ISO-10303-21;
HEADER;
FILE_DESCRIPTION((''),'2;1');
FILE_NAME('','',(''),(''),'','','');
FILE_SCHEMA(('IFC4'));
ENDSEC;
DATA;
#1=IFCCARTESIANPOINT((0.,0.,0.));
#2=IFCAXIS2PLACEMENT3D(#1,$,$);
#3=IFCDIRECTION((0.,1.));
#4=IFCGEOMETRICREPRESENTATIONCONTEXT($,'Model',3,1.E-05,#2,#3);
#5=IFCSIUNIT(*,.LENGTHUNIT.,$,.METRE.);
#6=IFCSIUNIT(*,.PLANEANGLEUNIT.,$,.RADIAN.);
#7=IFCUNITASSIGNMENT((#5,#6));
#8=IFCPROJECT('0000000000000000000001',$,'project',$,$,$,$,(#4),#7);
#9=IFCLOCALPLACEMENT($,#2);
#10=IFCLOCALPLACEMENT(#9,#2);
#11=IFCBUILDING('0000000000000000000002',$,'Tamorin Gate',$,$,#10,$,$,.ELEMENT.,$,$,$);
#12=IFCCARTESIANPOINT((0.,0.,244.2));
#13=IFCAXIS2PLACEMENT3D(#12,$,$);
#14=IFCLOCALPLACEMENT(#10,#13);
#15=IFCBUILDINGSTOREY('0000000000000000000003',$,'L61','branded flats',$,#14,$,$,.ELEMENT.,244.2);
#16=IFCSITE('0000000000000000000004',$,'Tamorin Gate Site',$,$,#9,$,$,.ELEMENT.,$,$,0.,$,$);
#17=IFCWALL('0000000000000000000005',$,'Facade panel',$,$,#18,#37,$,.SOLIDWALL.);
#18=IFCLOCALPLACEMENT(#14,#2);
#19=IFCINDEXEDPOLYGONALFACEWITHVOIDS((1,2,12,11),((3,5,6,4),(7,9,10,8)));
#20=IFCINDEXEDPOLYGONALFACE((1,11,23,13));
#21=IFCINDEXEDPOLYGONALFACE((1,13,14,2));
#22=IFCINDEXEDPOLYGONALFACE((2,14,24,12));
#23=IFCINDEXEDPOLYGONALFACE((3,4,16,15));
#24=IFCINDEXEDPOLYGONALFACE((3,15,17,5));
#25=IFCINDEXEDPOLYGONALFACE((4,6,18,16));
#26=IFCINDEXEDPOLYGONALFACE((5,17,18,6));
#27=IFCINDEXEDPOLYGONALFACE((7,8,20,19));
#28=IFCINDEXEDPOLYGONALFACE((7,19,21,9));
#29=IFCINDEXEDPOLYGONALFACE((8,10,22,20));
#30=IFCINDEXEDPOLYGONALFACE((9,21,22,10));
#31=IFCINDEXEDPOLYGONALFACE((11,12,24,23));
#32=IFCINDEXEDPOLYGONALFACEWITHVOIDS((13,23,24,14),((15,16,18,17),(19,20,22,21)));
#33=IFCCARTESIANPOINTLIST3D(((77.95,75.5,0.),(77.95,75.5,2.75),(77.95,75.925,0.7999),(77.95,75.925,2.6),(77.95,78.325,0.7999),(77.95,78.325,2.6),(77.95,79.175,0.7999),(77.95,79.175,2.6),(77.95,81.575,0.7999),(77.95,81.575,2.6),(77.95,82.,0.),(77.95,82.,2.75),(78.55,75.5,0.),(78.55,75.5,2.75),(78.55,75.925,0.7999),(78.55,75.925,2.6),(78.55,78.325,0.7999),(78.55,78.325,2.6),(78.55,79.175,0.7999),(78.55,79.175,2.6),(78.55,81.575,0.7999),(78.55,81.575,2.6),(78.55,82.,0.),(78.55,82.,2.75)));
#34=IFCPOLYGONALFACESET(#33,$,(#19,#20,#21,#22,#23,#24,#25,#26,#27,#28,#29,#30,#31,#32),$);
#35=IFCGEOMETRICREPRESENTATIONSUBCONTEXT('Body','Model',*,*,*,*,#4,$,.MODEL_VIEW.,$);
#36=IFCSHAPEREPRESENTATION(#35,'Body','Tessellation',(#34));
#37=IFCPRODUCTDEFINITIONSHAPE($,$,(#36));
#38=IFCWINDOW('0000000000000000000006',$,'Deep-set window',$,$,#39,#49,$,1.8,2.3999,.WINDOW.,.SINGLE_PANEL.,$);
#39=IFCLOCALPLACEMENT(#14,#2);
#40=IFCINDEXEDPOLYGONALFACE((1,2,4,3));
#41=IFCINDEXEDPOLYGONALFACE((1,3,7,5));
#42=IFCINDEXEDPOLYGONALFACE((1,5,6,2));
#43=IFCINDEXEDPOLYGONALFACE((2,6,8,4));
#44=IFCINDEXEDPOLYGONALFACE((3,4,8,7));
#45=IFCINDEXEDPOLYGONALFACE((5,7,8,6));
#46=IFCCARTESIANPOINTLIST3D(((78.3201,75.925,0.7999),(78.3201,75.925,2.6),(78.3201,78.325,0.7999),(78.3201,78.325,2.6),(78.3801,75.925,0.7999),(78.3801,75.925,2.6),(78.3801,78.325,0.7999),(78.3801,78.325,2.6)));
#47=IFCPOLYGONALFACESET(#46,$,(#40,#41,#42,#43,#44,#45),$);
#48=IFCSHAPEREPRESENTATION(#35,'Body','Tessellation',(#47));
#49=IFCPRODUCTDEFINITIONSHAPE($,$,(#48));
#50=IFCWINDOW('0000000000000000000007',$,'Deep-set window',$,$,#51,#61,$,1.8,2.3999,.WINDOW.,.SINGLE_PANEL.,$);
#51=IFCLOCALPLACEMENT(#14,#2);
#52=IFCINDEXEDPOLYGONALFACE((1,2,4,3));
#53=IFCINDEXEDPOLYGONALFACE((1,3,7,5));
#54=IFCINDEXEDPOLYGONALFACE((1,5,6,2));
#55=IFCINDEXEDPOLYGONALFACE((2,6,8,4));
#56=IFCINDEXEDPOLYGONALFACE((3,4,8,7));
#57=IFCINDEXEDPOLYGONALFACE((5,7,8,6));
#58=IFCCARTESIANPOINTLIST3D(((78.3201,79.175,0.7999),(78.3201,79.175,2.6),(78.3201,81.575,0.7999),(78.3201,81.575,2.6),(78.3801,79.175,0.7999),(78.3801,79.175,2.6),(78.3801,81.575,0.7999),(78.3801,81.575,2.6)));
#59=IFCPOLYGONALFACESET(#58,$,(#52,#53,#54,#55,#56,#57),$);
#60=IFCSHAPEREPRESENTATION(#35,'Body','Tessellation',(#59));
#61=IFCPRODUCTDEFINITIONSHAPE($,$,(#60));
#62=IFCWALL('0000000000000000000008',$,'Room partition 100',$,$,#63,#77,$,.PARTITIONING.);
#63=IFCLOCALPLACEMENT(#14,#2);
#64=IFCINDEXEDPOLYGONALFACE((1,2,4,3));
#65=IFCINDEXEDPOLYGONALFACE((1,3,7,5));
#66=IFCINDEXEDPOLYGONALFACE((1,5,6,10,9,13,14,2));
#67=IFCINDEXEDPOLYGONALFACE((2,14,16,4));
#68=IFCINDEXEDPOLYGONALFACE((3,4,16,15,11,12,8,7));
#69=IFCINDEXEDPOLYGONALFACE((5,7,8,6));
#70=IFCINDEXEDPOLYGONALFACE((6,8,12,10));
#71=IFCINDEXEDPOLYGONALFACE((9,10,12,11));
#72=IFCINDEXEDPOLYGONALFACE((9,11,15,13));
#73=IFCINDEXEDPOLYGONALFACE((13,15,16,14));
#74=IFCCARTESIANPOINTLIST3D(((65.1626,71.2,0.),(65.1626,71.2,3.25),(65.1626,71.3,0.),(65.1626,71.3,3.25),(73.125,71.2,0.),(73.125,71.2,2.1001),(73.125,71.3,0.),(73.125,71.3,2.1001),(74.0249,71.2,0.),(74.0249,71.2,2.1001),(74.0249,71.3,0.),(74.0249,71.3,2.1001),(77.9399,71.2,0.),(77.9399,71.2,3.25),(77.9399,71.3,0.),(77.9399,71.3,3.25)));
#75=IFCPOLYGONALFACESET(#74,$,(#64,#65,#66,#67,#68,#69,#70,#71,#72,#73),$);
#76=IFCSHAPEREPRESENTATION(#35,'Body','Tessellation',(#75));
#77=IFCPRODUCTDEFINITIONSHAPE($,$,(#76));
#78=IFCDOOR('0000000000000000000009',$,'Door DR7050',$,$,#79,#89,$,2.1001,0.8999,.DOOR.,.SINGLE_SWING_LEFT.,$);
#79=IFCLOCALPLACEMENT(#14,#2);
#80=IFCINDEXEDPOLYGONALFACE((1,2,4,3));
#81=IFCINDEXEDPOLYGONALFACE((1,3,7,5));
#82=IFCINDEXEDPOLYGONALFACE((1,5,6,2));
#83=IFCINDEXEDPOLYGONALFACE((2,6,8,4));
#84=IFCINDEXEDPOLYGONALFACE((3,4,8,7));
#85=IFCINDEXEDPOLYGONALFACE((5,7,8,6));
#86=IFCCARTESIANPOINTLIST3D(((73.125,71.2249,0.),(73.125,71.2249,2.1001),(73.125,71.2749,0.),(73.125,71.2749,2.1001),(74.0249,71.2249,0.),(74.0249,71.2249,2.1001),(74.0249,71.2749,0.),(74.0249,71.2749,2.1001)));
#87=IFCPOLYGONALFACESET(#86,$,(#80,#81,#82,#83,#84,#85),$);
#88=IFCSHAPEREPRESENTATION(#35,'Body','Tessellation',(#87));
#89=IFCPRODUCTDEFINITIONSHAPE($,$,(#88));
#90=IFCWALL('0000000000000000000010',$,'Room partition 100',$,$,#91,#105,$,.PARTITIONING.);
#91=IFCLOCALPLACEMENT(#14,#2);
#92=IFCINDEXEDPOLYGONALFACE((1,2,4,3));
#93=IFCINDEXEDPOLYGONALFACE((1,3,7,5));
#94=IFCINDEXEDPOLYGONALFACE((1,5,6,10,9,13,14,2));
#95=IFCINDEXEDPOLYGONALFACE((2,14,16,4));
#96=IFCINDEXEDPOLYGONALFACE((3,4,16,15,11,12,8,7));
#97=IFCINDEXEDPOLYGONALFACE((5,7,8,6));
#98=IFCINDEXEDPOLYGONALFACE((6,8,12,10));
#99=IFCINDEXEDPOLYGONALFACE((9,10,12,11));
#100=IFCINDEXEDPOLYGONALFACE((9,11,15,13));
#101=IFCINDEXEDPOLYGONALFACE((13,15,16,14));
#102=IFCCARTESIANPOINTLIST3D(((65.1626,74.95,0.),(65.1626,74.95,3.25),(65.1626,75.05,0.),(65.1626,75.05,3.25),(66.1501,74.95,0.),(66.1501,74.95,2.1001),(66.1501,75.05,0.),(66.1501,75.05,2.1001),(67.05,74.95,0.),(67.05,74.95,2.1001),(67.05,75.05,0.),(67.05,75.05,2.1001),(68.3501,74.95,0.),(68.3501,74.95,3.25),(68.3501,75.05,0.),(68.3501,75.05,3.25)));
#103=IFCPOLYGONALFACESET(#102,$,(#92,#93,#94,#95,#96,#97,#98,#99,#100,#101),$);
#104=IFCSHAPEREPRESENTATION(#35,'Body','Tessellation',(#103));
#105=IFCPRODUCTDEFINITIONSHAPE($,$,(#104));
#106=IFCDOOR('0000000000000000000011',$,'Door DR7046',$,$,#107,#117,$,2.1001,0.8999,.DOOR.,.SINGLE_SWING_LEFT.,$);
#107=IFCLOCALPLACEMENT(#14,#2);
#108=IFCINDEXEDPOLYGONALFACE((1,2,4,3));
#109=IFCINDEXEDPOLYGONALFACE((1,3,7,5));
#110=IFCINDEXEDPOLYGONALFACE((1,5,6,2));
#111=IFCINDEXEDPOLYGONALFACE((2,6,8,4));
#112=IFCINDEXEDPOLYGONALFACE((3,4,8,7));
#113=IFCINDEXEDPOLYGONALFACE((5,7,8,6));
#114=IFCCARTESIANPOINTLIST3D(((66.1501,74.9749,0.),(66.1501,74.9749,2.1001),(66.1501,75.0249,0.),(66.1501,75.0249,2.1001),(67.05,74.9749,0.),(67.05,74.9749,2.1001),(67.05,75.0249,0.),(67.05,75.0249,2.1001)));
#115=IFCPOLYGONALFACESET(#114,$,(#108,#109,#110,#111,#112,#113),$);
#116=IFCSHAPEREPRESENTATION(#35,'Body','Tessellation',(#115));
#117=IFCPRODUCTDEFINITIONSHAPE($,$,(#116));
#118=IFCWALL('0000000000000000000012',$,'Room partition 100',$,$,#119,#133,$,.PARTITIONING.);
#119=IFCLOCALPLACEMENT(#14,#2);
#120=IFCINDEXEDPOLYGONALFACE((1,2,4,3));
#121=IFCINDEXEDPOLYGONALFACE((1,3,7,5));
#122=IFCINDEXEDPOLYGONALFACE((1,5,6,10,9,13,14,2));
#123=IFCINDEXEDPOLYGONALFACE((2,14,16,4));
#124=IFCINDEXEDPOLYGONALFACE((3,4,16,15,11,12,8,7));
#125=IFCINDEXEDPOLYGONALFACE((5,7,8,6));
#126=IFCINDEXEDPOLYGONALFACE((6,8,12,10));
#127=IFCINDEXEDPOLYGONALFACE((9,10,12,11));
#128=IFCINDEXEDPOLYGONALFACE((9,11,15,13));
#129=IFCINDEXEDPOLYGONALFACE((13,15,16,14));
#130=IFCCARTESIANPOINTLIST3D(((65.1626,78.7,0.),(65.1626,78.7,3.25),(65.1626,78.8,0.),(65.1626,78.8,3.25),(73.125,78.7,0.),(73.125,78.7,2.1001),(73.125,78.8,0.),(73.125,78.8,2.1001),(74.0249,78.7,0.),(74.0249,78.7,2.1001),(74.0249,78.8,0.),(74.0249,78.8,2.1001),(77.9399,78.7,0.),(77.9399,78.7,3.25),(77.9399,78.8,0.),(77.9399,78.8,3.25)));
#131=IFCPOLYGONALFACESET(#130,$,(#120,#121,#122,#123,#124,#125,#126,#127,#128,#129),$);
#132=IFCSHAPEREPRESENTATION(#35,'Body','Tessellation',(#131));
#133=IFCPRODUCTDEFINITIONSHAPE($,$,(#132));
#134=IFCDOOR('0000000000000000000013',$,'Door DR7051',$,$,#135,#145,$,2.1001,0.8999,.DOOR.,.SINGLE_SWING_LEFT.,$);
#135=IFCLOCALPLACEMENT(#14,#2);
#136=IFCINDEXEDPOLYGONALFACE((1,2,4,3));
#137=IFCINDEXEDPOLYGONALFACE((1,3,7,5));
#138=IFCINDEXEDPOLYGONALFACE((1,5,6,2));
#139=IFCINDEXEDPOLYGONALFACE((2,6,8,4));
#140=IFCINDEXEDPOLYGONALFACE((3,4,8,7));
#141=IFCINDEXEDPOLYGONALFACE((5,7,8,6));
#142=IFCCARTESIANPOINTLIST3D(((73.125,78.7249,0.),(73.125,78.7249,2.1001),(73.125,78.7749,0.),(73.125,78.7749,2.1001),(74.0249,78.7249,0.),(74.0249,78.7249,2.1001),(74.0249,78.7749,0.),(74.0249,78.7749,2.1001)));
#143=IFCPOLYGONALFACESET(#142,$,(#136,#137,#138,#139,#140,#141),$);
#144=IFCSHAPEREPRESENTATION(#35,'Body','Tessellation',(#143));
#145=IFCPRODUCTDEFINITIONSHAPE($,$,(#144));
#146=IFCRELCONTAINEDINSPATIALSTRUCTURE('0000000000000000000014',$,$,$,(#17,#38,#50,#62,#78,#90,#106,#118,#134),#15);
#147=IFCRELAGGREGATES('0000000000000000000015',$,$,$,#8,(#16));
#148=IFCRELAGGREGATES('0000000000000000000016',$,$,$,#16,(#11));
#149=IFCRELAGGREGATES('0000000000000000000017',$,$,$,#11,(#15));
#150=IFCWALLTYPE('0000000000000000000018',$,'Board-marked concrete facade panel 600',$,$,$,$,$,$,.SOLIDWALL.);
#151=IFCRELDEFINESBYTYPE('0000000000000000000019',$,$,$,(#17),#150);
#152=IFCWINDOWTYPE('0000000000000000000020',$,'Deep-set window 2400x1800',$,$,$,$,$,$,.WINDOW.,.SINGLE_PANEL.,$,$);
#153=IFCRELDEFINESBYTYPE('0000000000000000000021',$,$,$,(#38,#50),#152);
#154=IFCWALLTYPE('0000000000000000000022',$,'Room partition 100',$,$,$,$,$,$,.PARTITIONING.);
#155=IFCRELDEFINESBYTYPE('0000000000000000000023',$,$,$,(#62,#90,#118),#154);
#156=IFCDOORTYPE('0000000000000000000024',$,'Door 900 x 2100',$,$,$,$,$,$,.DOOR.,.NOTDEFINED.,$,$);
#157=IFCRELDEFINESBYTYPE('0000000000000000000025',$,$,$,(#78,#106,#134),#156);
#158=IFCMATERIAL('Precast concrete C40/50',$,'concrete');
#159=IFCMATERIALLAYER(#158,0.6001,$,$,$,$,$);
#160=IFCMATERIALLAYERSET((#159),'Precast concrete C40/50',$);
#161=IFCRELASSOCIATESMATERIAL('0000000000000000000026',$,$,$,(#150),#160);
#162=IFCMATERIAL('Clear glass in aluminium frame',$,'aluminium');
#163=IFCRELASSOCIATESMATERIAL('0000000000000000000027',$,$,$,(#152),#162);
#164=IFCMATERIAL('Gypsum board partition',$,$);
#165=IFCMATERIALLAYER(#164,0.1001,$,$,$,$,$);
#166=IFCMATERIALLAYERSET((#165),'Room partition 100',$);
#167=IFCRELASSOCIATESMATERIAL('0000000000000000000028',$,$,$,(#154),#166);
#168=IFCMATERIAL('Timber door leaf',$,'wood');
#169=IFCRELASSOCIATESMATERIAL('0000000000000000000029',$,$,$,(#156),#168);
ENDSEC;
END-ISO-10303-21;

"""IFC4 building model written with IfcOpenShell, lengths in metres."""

from ifc_helpers import new_model, si_unit, direction, frame, frame_2d, origin, place, context, subcontext, project, spatial, rectangle, extrude, material, layer, layer_set, type_object, element, fill, save


model = new_model("IFC4")

# Units and contexts
model_context = context("Model", 3, precision=1e-05, world=origin(), true_north=direction((0.0, 1.0)))
body_context = subcontext(model_context, "Body", "Model", "MODEL_VIEW")
ifc_project = project(units=[si_unit("LENGTHUNIT", "METRE"), si_unit("PLANEANGLEUNIT", "RADIAN")], contexts=[model_context])

# Site, building, storey
site_placement = place(None, origin())
site = spatial("IfcSite", under=ifc_project, at=site_placement, Name="Tamorin Gate Site", CompositionType="ELEMENT", RefElevation=0.0)
building_placement = place(site_placement, origin())
building = spatial("IfcBuilding", under=site, at=building_placement, Name="Tamorin Gate", CompositionType="ELEMENT")
storey_placement = place(building_placement, frame((0.0, 0.0, 244.2)))
storey = spatial("IfcBuildingStorey", under=building, at=storey_placement, Name="L61", Description="branded flats", CompositionType="ELEMENT", Elevation=244.2)

# Wall, openings, windows
ifc_material_1 = material(Name="Precast concrete C40/50", Category="concrete")
ifc_layer_1 = layer(ifc_material_1, 0.6001)
ifc_layer_set_1 = layer_set([ifc_layer_1], Name="Precast concrete C40/50")
wall_type_1 = type_object("IfcWallType", Name="Board-marked concrete facade panel 600", PredefinedType="SOLIDWALL", material=ifc_layer_set_1)
ifc_material_2 = material(Name="Clear glass in aluminium frame", Category="aluminium")
window_type = type_object("IfcWindowType", Name="Deep-set window 2400x1800", PartitioningType="SINGLE_PANEL", PredefinedType="WINDOW", material=ifc_material_2)
wall_1_placement = place(storey_placement, frame((78.25, 75.5, 0.0), z_axis=(0.0, 0.0, 1.0), x_axis=(0.0, 1.0, 0.0)))
wall_1 = element("IfcWall", 1, at=wall_1_placement, inside=storey, type_object=wall_type_1, Name="Facade panel", PredefinedType="SOLIDWALL", context=body_context, shape_type="SweptSolid", body=[
    extrude(rectangle(XDim=6.5, YDim=0.6001, at=frame_2d((3.25, 0.0))), origin(), (0.0, 0.0, 1.0), 2.75),
])
opening_1_placement = place(wall_1_placement, frame((0.425, 0.0, 0.8)))
opening_1 = element("IfcOpeningElement", 2, at=opening_1_placement, cuts=wall_1, PredefinedType="OPENING", context=body_context, shape_type="SweptSolid", body=[
    extrude(rectangle(XDim=2.3999, YDim=1.8, at=frame_2d((1.2, 0.8999))), frame((0.0, 0.3101, 0.0), z_axis=(0.0, -1.0, 0.0), x_axis=(1.0, 0.0, 0.0)), (0.0, 0.0, 1.0), 0.6201),
])
opening_2_placement = place(wall_1_placement, frame((3.675, 0.0, 0.8)))
opening_2 = element("IfcOpeningElement", 3, at=opening_2_placement, cuts=wall_1, PredefinedType="OPENING", context=body_context, shape_type="SweptSolid", body=[
    extrude(rectangle(XDim=2.3999, YDim=1.8, at=frame_2d((1.2, 0.8999))), frame((0.0, 0.3101, 0.0), z_axis=(0.0, -1.0, 0.0), x_axis=(1.0, 0.0, 0.0)), (0.0, 0.0, 1.0), 0.6201),
])
window_1_placement = place(opening_1_placement, origin())
window_1 = element("IfcWindow", 4, at=window_1_placement, inside=storey, type_object=window_type, Name="Deep-set window", OverallHeight=1.8, OverallWidth=2.3999, PartitioningType="SINGLE_PANEL", PredefinedType="WINDOW", context=body_context, shape_type="SweptSolid", body=[
    extrude(rectangle(XDim=2.3999, YDim=1.8, at=frame_2d((1.2, 0.8999))), frame((0.0, -0.0701, 0.0), z_axis=(0.0, -1.0, 0.0), x_axis=(1.0, 0.0, 0.0)), (0.0, 0.0, 1.0), 0.0601),
])
fill(opening_1, window_1)
window_2_placement = place(opening_2_placement, origin())
window_2 = element("IfcWindow", 5, at=window_2_placement, inside=storey, type_object=window_type, Name="Deep-set window", OverallHeight=1.8, OverallWidth=2.3999, PartitioningType="SINGLE_PANEL", PredefinedType="WINDOW", context=body_context, shape_type="SweptSolid", body=[
    extrude(rectangle(XDim=2.3999, YDim=1.8, at=frame_2d((1.2, 0.8999))), frame((0.0, -0.0701, 0.0), z_axis=(0.0, -1.0, 0.0), x_axis=(1.0, 0.0, 0.0)), (0.0, 0.0, 1.0), 0.0601),
])
fill(opening_2, window_2)

# Walls, openings, doors
ifc_material_3 = material(Name="Gypsum board partition")
ifc_layer_2 = layer(ifc_material_3, 0.1001)
ifc_layer_set_2 = layer_set([ifc_layer_2], Name="Room partition 100")
wall_type_2 = type_object("IfcWallType", Name="Room partition 100", PredefinedType="PARTITIONING", material=ifc_layer_set_2)
wall_2_placement = place(storey_placement, frame((65.1626, 71.25, 0.0), z_axis=(0.0, 0.0, 1.0), x_axis=(1.0, 0.0, 0.0)))
wall_2 = element("IfcWall", 6, at=wall_2_placement, inside=storey, type_object=wall_type_2, Name="Room partition 100", PredefinedType="PARTITIONING", context=body_context, shape_type="SweptSolid", body=[
    extrude(rectangle(XDim=12.7773, YDim=0.1001, at=frame_2d((6.3887, 0.0))), origin(), (0.0, 0.0, 1.0), 3.25),
])
opening_3_placement = place(wall_2_placement, frame((7.9624, 0.0, 0.0)))
opening_3 = element("IfcOpeningElement", 7, at=opening_3_placement, cuts=wall_2, PredefinedType="OPENING", context=body_context, shape_type="SweptSolid", body=[
    extrude(rectangle(XDim=0.8999, YDim=2.1001, at=frame_2d((0.45, 1.05))), frame((0.0, 0.0601, 0.0), z_axis=(0.0, -1.0, 0.0), x_axis=(1.0, 0.0, 0.0)), (0.0, 0.0, 1.0), 0.1201),
])
ifc_material_4 = material(Name="Timber door leaf", Category="wood")
door_type = type_object("IfcDoorType", Name="Door 900 x 2100", OperationType="NOTDEFINED", PredefinedType="DOOR", material=ifc_material_4)
door_1_placement = place(opening_3_placement, origin())
door_1 = element("IfcDoor", 8, at=door_1_placement, inside=storey, type_object=door_type, Name="Door DR7050", OperationType="SINGLE_SWING_LEFT", OverallHeight=2.1001, OverallWidth=0.8999, PredefinedType="DOOR", context=body_context, shape_type="SweptSolid", body=[
    extrude(rectangle(XDim=0.8999, YDim=2.1001, at=frame_2d((0.45, 1.05))), frame((0.0, 0.0249, 0.0), z_axis=(0.0, -1.0, 0.0), x_axis=(1.0, 0.0, 0.0)), (0.0, 0.0, 1.0), 0.05),
])
fill(opening_3, door_1)
wall_3_placement = place(storey_placement, frame((65.1626, 75.0, 0.0), z_axis=(0.0, 0.0, 1.0), x_axis=(1.0, 0.0, 0.0)))
wall_3 = element("IfcWall", 9, at=wall_3_placement, inside=storey, type_object=wall_type_2, Name="Room partition 100", PredefinedType="PARTITIONING", context=body_context, shape_type="SweptSolid", body=[
    extrude(rectangle(XDim=3.1875, YDim=0.1001, at=frame_2d((1.5938, 0.0))), origin(), (0.0, 0.0, 1.0), 3.25),
])
opening_4_placement = place(wall_3_placement, frame((0.9875, 0.0, 0.0)))
opening_4 = element("IfcOpeningElement", 10, at=opening_4_placement, cuts=wall_3, PredefinedType="OPENING", context=body_context, shape_type="SweptSolid", body=[
    extrude(rectangle(XDim=0.8999, YDim=2.1001, at=frame_2d((0.45, 1.05))), frame((0.0, 0.0601, 0.0), z_axis=(0.0, -1.0, 0.0), x_axis=(1.0, 0.0, 0.0)), (0.0, 0.0, 1.0), 0.1201),
])
door_2_placement = place(opening_4_placement, origin())
door_2 = element("IfcDoor", 11, at=door_2_placement, inside=storey, type_object=door_type, Name="Door DR7046", OperationType="SINGLE_SWING_LEFT", OverallHeight=2.1001, OverallWidth=0.8999, PredefinedType="DOOR", context=body_context, shape_type="SweptSolid", body=[
    extrude(rectangle(XDim=0.8999, YDim=2.1001, at=frame_2d((0.45, 1.05))), frame((0.0, 0.0249, 0.0), z_axis=(0.0, -1.0, 0.0), x_axis=(1.0, 0.0, 0.0)), (0.0, 0.0, 1.0), 0.05),
])
fill(opening_4, door_2)
wall_4_placement = place(storey_placement, frame((65.1626, 78.75, 0.0), z_axis=(0.0, 0.0, 1.0), x_axis=(1.0, 0.0, 0.0)))
wall_4 = element("IfcWall", 12, at=wall_4_placement, inside=storey, type_object=wall_type_2, Name="Room partition 100", PredefinedType="PARTITIONING", context=body_context, shape_type="SweptSolid", body=[
    extrude(rectangle(XDim=12.7773, YDim=0.1001, at=frame_2d((6.3887, 0.0))), origin(), (0.0, 0.0, 1.0), 3.25),
])
opening_5_placement = place(wall_4_placement, frame((7.9624, 0.0, 0.0)))
opening_5 = element("IfcOpeningElement", 13, at=opening_5_placement, cuts=wall_4, PredefinedType="OPENING", context=body_context, shape_type="SweptSolid", body=[
    extrude(rectangle(XDim=0.8999, YDim=2.1001, at=frame_2d((0.45, 1.05))), frame((0.0, 0.0601, 0.0), z_axis=(0.0, -1.0, 0.0), x_axis=(1.0, 0.0, 0.0)), (0.0, 0.0, 1.0), 0.1201),
])
door_3_placement = place(opening_5_placement, origin())
door_3 = element("IfcDoor", 14, at=door_3_placement, inside=storey, type_object=door_type, Name="Door DR7051", OperationType="SINGLE_SWING_LEFT", OverallHeight=2.1001, OverallWidth=0.8999, PredefinedType="DOOR", context=body_context, shape_type="SweptSolid", body=[
    extrude(rectangle(XDim=0.8999, YDim=2.1001, at=frame_2d((0.45, 1.05))), frame((0.0, 0.0249, 0.0), z_axis=(0.0, -1.0, 0.0), x_axis=(1.0, 0.0, 0.0)), (0.0, 0.0, 1.0), 0.05),
])
fill(opening_5, door_3)

save(model, "model.ifc")
